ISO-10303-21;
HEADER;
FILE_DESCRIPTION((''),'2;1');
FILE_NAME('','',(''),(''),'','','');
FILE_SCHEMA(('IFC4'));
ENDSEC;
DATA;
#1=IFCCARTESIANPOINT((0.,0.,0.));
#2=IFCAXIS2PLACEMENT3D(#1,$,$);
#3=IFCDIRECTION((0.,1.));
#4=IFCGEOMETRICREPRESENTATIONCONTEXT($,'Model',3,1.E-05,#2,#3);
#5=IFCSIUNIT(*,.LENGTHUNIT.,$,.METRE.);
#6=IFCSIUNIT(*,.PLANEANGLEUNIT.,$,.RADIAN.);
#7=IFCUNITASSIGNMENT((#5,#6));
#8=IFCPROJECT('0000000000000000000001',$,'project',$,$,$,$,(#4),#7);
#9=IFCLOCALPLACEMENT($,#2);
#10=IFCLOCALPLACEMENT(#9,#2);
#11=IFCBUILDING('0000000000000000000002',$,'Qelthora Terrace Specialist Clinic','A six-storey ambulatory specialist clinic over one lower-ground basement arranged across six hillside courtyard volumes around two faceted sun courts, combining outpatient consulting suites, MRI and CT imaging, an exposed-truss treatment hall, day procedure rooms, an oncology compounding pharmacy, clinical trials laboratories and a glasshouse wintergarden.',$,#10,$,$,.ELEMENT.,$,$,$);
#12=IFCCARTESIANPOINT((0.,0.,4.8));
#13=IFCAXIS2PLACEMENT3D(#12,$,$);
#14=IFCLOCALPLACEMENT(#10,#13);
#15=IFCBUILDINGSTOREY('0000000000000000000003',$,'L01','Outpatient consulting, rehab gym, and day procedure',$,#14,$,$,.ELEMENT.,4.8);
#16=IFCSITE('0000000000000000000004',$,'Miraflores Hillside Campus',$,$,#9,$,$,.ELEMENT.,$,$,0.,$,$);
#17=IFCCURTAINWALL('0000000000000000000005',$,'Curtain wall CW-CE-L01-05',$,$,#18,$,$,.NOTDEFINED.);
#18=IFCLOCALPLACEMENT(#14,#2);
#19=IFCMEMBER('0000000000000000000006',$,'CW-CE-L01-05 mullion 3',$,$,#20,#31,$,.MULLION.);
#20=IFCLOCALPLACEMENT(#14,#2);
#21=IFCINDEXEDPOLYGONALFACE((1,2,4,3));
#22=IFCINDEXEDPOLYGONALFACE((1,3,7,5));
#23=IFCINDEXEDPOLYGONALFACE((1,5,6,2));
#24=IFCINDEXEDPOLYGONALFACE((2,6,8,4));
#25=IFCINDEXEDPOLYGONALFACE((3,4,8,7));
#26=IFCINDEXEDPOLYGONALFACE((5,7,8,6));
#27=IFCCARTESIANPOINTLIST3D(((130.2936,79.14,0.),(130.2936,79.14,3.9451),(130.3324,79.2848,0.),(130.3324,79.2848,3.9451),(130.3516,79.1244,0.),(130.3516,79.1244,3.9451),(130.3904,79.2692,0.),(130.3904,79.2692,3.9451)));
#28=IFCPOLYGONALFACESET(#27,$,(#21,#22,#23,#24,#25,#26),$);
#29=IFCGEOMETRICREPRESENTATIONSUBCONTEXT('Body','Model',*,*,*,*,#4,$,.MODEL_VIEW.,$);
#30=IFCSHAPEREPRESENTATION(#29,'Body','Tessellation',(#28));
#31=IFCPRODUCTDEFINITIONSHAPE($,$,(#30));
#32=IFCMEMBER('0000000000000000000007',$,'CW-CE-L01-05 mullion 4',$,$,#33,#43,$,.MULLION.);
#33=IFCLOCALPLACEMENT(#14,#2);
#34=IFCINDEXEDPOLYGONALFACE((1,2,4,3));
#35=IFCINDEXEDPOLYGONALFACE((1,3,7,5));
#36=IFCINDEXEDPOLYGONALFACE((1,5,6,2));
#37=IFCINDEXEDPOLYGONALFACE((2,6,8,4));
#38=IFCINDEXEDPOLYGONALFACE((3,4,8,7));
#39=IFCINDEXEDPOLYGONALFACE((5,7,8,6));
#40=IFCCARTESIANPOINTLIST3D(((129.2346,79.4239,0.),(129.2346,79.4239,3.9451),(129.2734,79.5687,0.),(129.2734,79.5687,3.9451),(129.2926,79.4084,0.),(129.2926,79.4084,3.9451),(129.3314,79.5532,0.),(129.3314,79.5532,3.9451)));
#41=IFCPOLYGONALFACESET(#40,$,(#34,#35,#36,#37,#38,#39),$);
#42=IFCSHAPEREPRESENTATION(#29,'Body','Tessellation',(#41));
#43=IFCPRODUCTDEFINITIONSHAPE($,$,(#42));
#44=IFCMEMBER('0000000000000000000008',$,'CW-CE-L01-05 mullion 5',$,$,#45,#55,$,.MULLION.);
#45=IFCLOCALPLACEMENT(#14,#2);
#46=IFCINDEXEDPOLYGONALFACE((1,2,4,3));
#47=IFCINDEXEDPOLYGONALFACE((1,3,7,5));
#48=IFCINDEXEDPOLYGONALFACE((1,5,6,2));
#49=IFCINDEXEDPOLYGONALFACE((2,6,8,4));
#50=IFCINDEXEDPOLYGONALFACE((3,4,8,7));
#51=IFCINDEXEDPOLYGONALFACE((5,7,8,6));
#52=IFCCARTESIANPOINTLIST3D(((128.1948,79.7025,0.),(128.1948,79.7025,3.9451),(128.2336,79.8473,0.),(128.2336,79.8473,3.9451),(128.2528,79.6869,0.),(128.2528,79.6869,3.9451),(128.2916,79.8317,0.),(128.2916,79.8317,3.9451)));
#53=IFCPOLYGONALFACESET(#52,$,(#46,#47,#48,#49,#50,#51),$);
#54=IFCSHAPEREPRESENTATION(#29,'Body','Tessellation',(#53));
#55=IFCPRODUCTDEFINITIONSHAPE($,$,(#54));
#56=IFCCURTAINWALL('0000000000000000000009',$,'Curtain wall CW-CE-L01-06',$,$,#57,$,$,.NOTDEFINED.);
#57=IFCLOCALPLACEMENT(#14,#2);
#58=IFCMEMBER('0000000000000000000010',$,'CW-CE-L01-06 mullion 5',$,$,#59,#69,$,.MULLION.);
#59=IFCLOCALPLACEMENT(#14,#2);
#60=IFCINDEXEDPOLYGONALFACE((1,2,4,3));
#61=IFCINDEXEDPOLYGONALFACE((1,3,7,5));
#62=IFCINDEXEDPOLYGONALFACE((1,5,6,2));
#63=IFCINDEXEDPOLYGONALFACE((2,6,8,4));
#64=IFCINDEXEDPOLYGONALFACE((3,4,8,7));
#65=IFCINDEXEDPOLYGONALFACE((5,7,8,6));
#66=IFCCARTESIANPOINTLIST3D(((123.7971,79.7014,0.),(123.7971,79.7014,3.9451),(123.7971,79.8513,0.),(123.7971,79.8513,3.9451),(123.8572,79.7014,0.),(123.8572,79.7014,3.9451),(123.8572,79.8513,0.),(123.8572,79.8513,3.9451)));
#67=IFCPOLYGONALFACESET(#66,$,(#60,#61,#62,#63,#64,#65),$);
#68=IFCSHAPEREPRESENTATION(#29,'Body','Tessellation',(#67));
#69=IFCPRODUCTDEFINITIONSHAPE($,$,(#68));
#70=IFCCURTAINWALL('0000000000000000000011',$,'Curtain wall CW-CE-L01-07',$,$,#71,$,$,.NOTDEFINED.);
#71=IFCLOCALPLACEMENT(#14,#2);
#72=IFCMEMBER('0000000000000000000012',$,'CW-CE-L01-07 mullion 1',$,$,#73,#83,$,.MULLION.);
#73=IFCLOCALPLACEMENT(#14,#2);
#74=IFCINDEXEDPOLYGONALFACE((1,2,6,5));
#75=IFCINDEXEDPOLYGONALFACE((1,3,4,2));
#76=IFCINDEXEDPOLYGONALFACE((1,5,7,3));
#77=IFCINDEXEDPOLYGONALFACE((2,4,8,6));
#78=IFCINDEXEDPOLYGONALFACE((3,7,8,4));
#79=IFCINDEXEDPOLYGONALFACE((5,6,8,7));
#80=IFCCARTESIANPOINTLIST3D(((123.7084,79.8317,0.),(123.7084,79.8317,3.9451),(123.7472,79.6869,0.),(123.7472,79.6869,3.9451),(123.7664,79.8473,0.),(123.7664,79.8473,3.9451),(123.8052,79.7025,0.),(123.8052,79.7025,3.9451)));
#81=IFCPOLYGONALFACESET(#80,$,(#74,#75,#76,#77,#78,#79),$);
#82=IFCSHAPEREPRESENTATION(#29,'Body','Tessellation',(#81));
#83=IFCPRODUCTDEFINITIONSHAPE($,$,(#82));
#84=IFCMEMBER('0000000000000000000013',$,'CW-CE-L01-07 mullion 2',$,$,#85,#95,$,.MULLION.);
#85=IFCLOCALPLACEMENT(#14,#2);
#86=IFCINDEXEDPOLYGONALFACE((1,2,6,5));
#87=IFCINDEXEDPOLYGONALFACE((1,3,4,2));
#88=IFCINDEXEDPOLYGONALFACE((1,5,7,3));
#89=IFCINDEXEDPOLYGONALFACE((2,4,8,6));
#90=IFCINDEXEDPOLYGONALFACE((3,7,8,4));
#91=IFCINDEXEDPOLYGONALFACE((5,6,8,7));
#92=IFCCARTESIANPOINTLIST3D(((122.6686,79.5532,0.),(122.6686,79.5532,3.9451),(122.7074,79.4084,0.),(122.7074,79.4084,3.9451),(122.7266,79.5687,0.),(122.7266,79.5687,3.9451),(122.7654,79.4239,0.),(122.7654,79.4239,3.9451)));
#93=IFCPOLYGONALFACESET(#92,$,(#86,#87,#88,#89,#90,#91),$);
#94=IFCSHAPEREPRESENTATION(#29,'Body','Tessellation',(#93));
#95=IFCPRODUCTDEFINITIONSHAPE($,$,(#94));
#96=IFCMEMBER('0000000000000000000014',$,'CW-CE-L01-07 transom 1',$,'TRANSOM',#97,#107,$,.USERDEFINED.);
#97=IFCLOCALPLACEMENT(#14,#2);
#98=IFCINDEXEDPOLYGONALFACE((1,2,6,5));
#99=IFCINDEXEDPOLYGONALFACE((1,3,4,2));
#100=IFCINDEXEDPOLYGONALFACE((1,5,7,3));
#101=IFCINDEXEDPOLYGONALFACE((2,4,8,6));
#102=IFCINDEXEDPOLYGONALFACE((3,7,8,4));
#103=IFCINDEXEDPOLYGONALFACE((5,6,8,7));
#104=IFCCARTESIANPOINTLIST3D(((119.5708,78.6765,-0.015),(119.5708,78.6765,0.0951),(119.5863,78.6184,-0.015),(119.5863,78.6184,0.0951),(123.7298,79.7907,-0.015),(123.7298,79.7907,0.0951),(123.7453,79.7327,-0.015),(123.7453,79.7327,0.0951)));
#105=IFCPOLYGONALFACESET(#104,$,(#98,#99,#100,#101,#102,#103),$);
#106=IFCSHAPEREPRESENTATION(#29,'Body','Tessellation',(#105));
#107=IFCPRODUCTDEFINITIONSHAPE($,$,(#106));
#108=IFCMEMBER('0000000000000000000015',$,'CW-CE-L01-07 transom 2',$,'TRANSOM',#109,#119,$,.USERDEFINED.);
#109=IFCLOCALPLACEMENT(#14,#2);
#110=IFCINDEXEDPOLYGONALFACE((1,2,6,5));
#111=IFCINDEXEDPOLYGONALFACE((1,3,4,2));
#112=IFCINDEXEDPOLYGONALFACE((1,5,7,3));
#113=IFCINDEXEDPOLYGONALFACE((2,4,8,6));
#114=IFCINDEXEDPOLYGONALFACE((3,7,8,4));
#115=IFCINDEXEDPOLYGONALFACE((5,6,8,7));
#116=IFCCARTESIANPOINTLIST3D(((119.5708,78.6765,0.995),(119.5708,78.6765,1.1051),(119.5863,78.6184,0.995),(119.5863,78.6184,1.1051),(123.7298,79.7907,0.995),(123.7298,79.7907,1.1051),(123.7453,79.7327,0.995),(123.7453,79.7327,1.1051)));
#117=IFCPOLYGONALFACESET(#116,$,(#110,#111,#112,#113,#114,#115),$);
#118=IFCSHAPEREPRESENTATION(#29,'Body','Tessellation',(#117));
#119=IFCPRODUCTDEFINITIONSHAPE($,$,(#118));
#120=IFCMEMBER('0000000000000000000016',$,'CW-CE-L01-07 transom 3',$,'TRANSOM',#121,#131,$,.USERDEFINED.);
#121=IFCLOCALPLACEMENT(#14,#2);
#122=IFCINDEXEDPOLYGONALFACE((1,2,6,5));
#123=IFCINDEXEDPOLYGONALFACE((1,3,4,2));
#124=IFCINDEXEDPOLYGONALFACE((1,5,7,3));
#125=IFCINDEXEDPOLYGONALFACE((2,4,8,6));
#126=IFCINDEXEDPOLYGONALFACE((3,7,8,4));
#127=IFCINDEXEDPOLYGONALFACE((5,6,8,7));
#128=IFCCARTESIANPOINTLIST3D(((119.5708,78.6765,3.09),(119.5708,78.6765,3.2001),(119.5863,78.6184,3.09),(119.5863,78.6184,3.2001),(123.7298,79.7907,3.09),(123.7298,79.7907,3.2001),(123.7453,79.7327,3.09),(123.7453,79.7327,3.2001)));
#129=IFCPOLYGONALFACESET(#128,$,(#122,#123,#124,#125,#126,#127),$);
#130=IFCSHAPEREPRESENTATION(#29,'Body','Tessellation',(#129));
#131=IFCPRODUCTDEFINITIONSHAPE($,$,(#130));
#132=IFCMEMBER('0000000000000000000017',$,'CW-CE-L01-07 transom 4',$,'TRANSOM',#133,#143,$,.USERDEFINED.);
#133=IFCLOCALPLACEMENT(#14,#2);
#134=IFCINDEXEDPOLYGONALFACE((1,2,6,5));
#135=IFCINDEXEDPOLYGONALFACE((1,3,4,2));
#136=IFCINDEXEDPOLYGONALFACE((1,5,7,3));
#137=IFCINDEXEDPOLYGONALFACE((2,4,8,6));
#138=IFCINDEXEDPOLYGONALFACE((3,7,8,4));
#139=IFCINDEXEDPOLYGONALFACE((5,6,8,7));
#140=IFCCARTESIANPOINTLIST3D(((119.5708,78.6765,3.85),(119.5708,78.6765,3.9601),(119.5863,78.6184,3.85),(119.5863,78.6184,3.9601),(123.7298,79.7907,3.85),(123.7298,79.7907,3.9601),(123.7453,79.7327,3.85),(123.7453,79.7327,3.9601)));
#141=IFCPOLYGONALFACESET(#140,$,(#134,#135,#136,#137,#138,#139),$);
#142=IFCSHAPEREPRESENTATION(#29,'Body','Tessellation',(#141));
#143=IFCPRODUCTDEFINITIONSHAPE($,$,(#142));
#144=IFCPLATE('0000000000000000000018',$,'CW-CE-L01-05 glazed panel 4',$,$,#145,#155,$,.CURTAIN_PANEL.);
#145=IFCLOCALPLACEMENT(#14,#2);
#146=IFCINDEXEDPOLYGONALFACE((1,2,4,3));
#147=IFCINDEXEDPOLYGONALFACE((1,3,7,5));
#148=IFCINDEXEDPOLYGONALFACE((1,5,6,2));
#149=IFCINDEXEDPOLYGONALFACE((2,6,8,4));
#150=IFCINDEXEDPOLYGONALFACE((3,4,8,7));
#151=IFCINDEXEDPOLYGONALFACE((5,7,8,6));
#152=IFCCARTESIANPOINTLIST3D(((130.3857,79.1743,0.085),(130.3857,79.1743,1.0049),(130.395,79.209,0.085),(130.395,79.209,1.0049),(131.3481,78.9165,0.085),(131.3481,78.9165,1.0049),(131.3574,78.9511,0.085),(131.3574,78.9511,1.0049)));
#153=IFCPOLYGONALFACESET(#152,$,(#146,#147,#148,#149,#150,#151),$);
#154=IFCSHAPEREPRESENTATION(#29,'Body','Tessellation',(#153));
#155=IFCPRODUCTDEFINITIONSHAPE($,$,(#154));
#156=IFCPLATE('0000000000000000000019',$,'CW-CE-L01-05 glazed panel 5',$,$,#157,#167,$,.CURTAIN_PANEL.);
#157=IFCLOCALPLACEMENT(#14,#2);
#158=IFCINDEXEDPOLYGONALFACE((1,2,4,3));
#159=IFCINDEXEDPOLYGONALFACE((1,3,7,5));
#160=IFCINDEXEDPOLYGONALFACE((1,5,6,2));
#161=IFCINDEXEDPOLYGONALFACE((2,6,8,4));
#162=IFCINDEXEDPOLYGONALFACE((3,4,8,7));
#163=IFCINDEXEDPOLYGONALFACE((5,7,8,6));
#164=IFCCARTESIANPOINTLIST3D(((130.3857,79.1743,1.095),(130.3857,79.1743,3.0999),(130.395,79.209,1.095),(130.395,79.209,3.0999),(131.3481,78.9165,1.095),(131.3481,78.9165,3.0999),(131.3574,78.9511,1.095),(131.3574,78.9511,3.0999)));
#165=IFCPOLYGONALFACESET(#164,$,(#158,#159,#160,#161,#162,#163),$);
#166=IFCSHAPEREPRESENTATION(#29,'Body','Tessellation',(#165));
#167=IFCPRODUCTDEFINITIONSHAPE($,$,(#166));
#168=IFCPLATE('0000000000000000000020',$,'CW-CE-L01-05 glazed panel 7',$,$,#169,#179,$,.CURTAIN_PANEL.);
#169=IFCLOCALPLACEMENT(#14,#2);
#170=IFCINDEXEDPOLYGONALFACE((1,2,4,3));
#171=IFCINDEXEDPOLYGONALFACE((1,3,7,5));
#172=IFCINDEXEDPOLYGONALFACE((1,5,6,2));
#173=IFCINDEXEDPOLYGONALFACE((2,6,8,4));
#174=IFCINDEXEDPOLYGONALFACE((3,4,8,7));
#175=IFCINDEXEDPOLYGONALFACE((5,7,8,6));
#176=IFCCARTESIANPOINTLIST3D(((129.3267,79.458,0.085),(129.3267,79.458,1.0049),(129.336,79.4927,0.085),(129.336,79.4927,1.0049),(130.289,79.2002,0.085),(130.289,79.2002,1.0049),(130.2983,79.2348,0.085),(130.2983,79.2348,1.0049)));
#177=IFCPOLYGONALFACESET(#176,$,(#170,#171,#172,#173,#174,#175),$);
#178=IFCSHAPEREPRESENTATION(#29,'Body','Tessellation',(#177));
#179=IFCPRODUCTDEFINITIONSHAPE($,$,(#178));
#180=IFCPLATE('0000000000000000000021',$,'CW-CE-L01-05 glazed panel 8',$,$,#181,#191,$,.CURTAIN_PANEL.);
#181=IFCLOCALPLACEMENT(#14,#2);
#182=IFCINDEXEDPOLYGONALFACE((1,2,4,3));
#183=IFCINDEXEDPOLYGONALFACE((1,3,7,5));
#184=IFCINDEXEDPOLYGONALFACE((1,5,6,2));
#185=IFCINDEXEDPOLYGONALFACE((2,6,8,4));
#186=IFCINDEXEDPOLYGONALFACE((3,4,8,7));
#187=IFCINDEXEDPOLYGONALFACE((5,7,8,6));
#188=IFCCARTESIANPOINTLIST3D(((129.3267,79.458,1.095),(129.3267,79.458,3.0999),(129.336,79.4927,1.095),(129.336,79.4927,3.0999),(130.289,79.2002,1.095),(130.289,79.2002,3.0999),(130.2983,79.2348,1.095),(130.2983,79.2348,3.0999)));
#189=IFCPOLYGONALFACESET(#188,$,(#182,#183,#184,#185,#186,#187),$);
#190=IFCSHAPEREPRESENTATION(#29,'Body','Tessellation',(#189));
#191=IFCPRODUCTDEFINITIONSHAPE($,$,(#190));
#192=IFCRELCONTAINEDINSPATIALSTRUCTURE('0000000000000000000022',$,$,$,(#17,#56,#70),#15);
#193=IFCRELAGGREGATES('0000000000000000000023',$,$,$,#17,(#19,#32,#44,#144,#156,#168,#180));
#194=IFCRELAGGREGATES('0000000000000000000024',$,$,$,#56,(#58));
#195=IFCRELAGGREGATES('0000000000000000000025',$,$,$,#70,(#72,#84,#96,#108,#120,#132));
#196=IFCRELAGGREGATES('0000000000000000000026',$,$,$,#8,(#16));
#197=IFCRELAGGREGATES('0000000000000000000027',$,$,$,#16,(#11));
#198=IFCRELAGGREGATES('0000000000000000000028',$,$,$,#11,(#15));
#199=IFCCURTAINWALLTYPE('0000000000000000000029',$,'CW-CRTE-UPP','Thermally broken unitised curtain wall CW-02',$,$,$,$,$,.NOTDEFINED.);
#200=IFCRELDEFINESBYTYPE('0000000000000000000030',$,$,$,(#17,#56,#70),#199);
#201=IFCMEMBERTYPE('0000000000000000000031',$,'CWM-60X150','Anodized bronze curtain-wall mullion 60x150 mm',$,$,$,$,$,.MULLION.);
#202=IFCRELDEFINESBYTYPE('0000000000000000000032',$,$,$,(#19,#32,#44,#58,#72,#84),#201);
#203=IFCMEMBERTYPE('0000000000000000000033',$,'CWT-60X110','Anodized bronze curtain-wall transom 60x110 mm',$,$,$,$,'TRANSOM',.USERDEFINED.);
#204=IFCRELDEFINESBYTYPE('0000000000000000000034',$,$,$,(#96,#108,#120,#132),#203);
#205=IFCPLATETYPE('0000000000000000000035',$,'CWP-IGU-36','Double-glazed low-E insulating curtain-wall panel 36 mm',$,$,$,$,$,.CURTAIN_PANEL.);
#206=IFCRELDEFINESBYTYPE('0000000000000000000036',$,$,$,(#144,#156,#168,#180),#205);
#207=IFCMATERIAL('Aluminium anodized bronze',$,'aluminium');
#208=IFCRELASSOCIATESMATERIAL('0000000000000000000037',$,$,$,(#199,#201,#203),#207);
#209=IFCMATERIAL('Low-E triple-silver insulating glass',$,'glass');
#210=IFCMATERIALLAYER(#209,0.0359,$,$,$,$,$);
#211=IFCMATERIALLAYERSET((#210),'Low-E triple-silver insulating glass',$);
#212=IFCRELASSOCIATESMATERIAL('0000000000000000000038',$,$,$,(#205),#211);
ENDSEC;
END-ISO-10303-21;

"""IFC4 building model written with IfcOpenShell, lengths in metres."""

from ifc_helpers import new_model, si_unit, direction, frame, origin, origin_2d, place, context, subcontext, project, spatial, rectangle, extrude, material, layer, layer_set, material_profile, profile_set, type_object, element, aggregate, save


model = new_model("IFC4")

# Units and contexts
model_context = context("Model", 3, precision=1e-05, world=origin(), true_north=direction((0.0, 1.0)))
body_context = subcontext(model_context, "Body", "Model", "MODEL_VIEW")
ifc_project = project(units=[si_unit("LENGTHUNIT", "METRE"), si_unit("PLANEANGLEUNIT", "RADIAN")], contexts=[model_context])

# Site, building, storey
site_placement = place(None, origin())
site = spatial("IfcSite", under=ifc_project, at=site_placement, Name="Miraflores Hillside Campus", CompositionType="ELEMENT", RefElevation=0.0)
building_placement = place(site_placement, origin())
building = spatial("IfcBuilding", under=site, at=building_placement, Name="Qelthora Terrace Specialist Clinic", Description="A six-storey ambulatory specialist clinic over one lower-ground basement arranged across six hillside courtyard volumes around two faceted sun courts, combining outpatient consulting suites, MRI and CT imaging, an exposed-truss treatment hall, day procedure rooms, an oncology compounding pharmacy, clinical trials laboratories and a glasshouse wintergarden.", CompositionType="ELEMENT")
storey_placement = place(building_placement, frame((0.0, 0.0, 4.8)))
storey = spatial("IfcBuildingStorey", under=building, at=storey_placement, Name="L01", Description="Outpatient consulting, rehab gym, and day procedure", CompositionType="ELEMENT", Elevation=4.8)

# Curtain wall, members
ifc_material_1 = material(Name="Aluminium anodized bronze", Category="aluminium")
curtain_wall_type = type_object("IfcCurtainWallType", Name="CW-CRTE-UPP", Description="Thermally broken unitised curtain wall CW-02", PredefinedType="NOTDEFINED", material=ifc_material_1)
curtain_wall_1_placement = place(storey_placement, origin())
curtain_wall_1 = element("IfcCurtainWall", 1, at=curtain_wall_1_placement, inside=storey, type_object=curtain_wall_type, Name="Curtain wall CW-CE-L01-05", PredefinedType="NOTDEFINED")
ifc_material_profile_1 = material_profile(ifc_material_1, rectangle(XDim=0.0601, YDim=0.1499, at=origin_2d()), Name="CWM60X150")
ifc_profile_set_1 = profile_set([ifc_material_profile_1], Name="Aluminium anodized bronze")
member_type_1 = type_object("IfcMemberType", Name="CWM-60X150", Description="Anodized bronze curtain-wall mullion 60x150 mm", PredefinedType="MULLION", material=ifc_profile_set_1)
member_1_placement = place(storey_placement, frame((130.342, 79.2046, 0.0), z_axis=(0.0, 0.0, 1.0), x_axis=(-0.965926, 0.25882, 0.0)))
member_1 = element("IfcMember", 2, at=member_1_placement, type_object=member_type_1, Name="CW-CE-L01-05 mullion 3", PredefinedType="MULLION", context=body_context, shape_type="SweptSolid", body=[
    extrude(rectangle(XDim=0.0601, YDim=0.1499, at=origin_2d()), origin(), (0.0, 0.0, 1.0), 3.9451),
])
member_2_placement = place(storey_placement, frame((129.283, 79.4885, 0.0), z_axis=(0.0, 0.0, 1.0), x_axis=(-0.965926, 0.25882, 0.0)))
member_2 = element("IfcMember", 3, at=member_2_placement, type_object=member_type_1, Name="CW-CE-L01-05 mullion 4", PredefinedType="MULLION", context=body_context, shape_type="SweptSolid", body=[
    extrude(rectangle(XDim=0.0601, YDim=0.1499, at=origin_2d()), origin(), (0.0, 0.0, 1.0), 3.9451),
])
member_3_placement = place(storey_placement, frame((128.2432, 79.7671, 0.0), z_axis=(0.0, 0.0, 1.0), x_axis=(-0.965926, 0.25882, 0.0)))
member_3 = element("IfcMember", 4, at=member_3_placement, type_object=member_type_1, Name="CW-CE-L01-05 mullion 5", PredefinedType="MULLION", context=body_context, shape_type="SweptSolid", body=[
    extrude(rectangle(XDim=0.0601, YDim=0.1499, at=origin_2d()), origin(), (0.0, 0.0, 1.0), 3.9451),
])

# Curtain wall, member
curtain_wall_2_placement = place(storey_placement, origin())
curtain_wall_2 = element("IfcCurtainWall", 5, at=curtain_wall_2_placement, inside=storey, type_object=curtain_wall_type, Name="Curtain wall CW-CE-L01-06", PredefinedType="NOTDEFINED")
member_4_placement = place(storey_placement, frame((123.8271, 79.7764, 0.0), z_axis=(0.0, 0.0, 1.0), x_axis=(-1.0, 0.0, 0.0)))
member_4 = element("IfcMember", 6, at=member_4_placement, type_object=member_type_1, Name="CW-CE-L01-06 mullion 5", PredefinedType="MULLION", context=body_context, shape_type="SweptSolid", body=[
    extrude(rectangle(XDim=0.0601, YDim=0.1499, at=origin_2d()), origin(), (0.0, 0.0, 1.0), 3.9451),
])

# Curtain wall, members
curtain_wall_3_placement = place(storey_placement, origin())
curtain_wall_3 = element("IfcCurtainWall", 7, at=curtain_wall_3_placement, inside=storey, type_object=curtain_wall_type, Name="Curtain wall CW-CE-L01-07", PredefinedType="NOTDEFINED")
member_5_placement = place(storey_placement, frame((123.7568, 79.7671, 0.0), z_axis=(0.0, 0.0, 1.0), x_axis=(-0.965926, -0.25882, 0.0)))
member_5 = element("IfcMember", 8, at=member_5_placement, type_object=member_type_1, Name="CW-CE-L01-07 mullion 1", PredefinedType="MULLION", context=body_context, shape_type="SweptSolid", body=[
    extrude(rectangle(XDim=0.0601, YDim=0.1499, at=origin_2d()), origin(), (0.0, 0.0, 1.0), 3.9451),
])
member_6_placement = place(storey_placement, frame((122.717, 79.4885, 0.0), z_axis=(0.0, 0.0, 1.0), x_axis=(-0.965926, -0.25882, 0.0)))
member_6 = element("IfcMember", 9, at=member_6_placement, type_object=member_type_1, Name="CW-CE-L01-07 mullion 2", PredefinedType="MULLION", context=body_context, shape_type="SweptSolid", body=[
    extrude(rectangle(XDim=0.0601, YDim=0.1499, at=origin_2d()), origin(), (0.0, 0.0, 1.0), 3.9451),
])
ifc_material_profile_2 = material_profile(ifc_material_1, rectangle(XDim=0.0601, YDim=0.1101, at=origin_2d()), Name="CWT60X110")
ifc_profile_set_2 = profile_set([ifc_material_profile_2], Name="Aluminium anodized bronze")
member_type_2 = type_object("IfcMemberType", Name="CWT-60X110", Description="Anodized bronze curtain-wall transom 60x110 mm", ElementType="TRANSOM", PredefinedType="USERDEFINED", material=ifc_profile_set_2)
member_7_placement = place(storey_placement, frame((123.7375, 79.7617, 0.04), z_axis=(-0.965933, -0.258792, 0.0), x_axis=(0.258792, -0.965933, 0.0)))
member_7 = element("IfcMember", 10, at=member_7_placement, type_object=member_type_2, Name="CW-CE-L01-07 transom 1", ObjectType="TRANSOM", PredefinedType="USERDEFINED", context=body_context, shape_type="SweptSolid", body=[
    extrude(rectangle(XDim=0.0601, YDim=0.1101, at=origin_2d()), origin(), (0.0, 0.0, 1.0), 4.3057),
])
member_8_placement = place(storey_placement, frame((123.7375, 79.7617, 1.05), z_axis=(-0.965933, -0.258792, 0.0), x_axis=(0.258792, -0.965933, 0.0)))
member_8 = element("IfcMember", 11, at=member_8_placement, type_object=member_type_2, Name="CW-CE-L01-07 transom 2", ObjectType="TRANSOM", PredefinedType="USERDEFINED", context=body_context, shape_type="SweptSolid", body=[
    extrude(rectangle(XDim=0.0601, YDim=0.1101, at=origin_2d()), origin(), (0.0, 0.0, 1.0), 4.3057),
])
member_9_placement = place(storey_placement, frame((123.7375, 79.7617, 3.145), z_axis=(-0.965933, -0.258792, 0.0), x_axis=(0.258792, -0.965933, 0.0)))
member_9 = element("IfcMember", 12, at=member_9_placement, type_object=member_type_2, Name="CW-CE-L01-07 transom 3", ObjectType="TRANSOM", PredefinedType="USERDEFINED", context=body_context, shape_type="SweptSolid", body=[
    extrude(rectangle(XDim=0.0601, YDim=0.1101, at=origin_2d()), origin(), (0.0, 0.0, 1.0), 4.3057),
])
member_10_placement = place(storey_placement, frame((123.7375, 79.7617, 3.905), z_axis=(-0.965933, -0.258792, 0.0), x_axis=(0.258792, -0.965933, 0.0)))
member_10 = element("IfcMember", 13, at=member_10_placement, type_object=member_type_2, Name="CW-CE-L01-07 transom 4", ObjectType="TRANSOM", PredefinedType="USERDEFINED", context=body_context, shape_type="SweptSolid", body=[
    extrude(rectangle(XDim=0.0601, YDim=0.1101, at=origin_2d()), origin(), (0.0, 0.0, 1.0), 4.3057),
])

# Plates
ifc_material_2 = material(Name="Low-E triple-silver insulating glass", Category="glass")
ifc_layer = layer(ifc_material_2, 0.0359)
ifc_layer_set = layer_set([ifc_layer], Name="Low-E triple-silver insulating glass")
plate_type = type_object("IfcPlateType", Name="CWP-IGU-36", Description="Double-glazed low-E insulating curtain-wall panel 36 mm", PredefinedType="CURTAIN_PANEL", material=ifc_layer_set)
plate_1_placement = place(storey_placement, frame((130.8716, 79.0627, 0.085), z_axis=(0.0, 0.0, 1.0), x_axis=(-0.965926, 0.258819, 0.0)))
plate_1 = element("IfcPlate", 14, at=plate_1_placement, type_object=plate_type, Name="CW-CE-L01-05 glazed panel 4", PredefinedType="CURTAIN_PANEL", context=body_context, shape_type="SweptSolid", body=[
    extrude(rectangle(XDim=0.9963, YDim=0.0359, at=origin_2d()), origin(), (0.0, 0.0, 1.0), 0.9199),
])
plate_2_placement = place(storey_placement, frame((130.8716, 79.0627, 1.095), z_axis=(0.0, 0.0, 1.0), x_axis=(-0.965926, 0.258819, 0.0)))
plate_2 = element("IfcPlate", 15, at=plate_2_placement, type_object=plate_type, Name="CW-CE-L01-05 glazed panel 5", PredefinedType="CURTAIN_PANEL", context=body_context, shape_type="SweptSolid", body=[
    extrude(rectangle(XDim=0.9963, YDim=0.0359, at=origin_2d()), origin(), (0.0, 0.0, 1.0), 2.0049),
])
plate_3_placement = place(storey_placement, frame((129.8125, 79.3464, 0.085), z_axis=(0.0, 0.0, 1.0), x_axis=(-0.965926, 0.258819, 0.0)))
plate_3 = element("IfcPlate", 16, at=plate_3_placement, type_object=plate_type, Name="CW-CE-L01-05 glazed panel 7", PredefinedType="CURTAIN_PANEL", context=body_context, shape_type="SweptSolid", body=[
    extrude(rectangle(XDim=0.9963, YDim=0.0359, at=origin_2d()), origin(), (0.0, 0.0, 1.0), 0.9199),
])
plate_4_placement = place(storey_placement, frame((129.8125, 79.3464, 1.095), z_axis=(0.0, 0.0, 1.0), x_axis=(-0.965926, 0.258819, 0.0)))
plate_4 = element("IfcPlate", 17, at=plate_4_placement, type_object=plate_type, Name="CW-CE-L01-05 glazed panel 8", PredefinedType="CURTAIN_PANEL", context=body_context, shape_type="SweptSolid", body=[
    extrude(rectangle(XDim=0.9963, YDim=0.0359, at=origin_2d()), origin(), (0.0, 0.0, 1.0), 2.0049),
])
aggregate(curtain_wall_1, [member_1, member_2, member_3, plate_1, plate_2, plate_3, plate_4])
aggregate(curtain_wall_2, [member_4])
aggregate(curtain_wall_3, [member_5, member_6, member_7, member_8, member_9, member_10])

save(model, "model.ifc")
